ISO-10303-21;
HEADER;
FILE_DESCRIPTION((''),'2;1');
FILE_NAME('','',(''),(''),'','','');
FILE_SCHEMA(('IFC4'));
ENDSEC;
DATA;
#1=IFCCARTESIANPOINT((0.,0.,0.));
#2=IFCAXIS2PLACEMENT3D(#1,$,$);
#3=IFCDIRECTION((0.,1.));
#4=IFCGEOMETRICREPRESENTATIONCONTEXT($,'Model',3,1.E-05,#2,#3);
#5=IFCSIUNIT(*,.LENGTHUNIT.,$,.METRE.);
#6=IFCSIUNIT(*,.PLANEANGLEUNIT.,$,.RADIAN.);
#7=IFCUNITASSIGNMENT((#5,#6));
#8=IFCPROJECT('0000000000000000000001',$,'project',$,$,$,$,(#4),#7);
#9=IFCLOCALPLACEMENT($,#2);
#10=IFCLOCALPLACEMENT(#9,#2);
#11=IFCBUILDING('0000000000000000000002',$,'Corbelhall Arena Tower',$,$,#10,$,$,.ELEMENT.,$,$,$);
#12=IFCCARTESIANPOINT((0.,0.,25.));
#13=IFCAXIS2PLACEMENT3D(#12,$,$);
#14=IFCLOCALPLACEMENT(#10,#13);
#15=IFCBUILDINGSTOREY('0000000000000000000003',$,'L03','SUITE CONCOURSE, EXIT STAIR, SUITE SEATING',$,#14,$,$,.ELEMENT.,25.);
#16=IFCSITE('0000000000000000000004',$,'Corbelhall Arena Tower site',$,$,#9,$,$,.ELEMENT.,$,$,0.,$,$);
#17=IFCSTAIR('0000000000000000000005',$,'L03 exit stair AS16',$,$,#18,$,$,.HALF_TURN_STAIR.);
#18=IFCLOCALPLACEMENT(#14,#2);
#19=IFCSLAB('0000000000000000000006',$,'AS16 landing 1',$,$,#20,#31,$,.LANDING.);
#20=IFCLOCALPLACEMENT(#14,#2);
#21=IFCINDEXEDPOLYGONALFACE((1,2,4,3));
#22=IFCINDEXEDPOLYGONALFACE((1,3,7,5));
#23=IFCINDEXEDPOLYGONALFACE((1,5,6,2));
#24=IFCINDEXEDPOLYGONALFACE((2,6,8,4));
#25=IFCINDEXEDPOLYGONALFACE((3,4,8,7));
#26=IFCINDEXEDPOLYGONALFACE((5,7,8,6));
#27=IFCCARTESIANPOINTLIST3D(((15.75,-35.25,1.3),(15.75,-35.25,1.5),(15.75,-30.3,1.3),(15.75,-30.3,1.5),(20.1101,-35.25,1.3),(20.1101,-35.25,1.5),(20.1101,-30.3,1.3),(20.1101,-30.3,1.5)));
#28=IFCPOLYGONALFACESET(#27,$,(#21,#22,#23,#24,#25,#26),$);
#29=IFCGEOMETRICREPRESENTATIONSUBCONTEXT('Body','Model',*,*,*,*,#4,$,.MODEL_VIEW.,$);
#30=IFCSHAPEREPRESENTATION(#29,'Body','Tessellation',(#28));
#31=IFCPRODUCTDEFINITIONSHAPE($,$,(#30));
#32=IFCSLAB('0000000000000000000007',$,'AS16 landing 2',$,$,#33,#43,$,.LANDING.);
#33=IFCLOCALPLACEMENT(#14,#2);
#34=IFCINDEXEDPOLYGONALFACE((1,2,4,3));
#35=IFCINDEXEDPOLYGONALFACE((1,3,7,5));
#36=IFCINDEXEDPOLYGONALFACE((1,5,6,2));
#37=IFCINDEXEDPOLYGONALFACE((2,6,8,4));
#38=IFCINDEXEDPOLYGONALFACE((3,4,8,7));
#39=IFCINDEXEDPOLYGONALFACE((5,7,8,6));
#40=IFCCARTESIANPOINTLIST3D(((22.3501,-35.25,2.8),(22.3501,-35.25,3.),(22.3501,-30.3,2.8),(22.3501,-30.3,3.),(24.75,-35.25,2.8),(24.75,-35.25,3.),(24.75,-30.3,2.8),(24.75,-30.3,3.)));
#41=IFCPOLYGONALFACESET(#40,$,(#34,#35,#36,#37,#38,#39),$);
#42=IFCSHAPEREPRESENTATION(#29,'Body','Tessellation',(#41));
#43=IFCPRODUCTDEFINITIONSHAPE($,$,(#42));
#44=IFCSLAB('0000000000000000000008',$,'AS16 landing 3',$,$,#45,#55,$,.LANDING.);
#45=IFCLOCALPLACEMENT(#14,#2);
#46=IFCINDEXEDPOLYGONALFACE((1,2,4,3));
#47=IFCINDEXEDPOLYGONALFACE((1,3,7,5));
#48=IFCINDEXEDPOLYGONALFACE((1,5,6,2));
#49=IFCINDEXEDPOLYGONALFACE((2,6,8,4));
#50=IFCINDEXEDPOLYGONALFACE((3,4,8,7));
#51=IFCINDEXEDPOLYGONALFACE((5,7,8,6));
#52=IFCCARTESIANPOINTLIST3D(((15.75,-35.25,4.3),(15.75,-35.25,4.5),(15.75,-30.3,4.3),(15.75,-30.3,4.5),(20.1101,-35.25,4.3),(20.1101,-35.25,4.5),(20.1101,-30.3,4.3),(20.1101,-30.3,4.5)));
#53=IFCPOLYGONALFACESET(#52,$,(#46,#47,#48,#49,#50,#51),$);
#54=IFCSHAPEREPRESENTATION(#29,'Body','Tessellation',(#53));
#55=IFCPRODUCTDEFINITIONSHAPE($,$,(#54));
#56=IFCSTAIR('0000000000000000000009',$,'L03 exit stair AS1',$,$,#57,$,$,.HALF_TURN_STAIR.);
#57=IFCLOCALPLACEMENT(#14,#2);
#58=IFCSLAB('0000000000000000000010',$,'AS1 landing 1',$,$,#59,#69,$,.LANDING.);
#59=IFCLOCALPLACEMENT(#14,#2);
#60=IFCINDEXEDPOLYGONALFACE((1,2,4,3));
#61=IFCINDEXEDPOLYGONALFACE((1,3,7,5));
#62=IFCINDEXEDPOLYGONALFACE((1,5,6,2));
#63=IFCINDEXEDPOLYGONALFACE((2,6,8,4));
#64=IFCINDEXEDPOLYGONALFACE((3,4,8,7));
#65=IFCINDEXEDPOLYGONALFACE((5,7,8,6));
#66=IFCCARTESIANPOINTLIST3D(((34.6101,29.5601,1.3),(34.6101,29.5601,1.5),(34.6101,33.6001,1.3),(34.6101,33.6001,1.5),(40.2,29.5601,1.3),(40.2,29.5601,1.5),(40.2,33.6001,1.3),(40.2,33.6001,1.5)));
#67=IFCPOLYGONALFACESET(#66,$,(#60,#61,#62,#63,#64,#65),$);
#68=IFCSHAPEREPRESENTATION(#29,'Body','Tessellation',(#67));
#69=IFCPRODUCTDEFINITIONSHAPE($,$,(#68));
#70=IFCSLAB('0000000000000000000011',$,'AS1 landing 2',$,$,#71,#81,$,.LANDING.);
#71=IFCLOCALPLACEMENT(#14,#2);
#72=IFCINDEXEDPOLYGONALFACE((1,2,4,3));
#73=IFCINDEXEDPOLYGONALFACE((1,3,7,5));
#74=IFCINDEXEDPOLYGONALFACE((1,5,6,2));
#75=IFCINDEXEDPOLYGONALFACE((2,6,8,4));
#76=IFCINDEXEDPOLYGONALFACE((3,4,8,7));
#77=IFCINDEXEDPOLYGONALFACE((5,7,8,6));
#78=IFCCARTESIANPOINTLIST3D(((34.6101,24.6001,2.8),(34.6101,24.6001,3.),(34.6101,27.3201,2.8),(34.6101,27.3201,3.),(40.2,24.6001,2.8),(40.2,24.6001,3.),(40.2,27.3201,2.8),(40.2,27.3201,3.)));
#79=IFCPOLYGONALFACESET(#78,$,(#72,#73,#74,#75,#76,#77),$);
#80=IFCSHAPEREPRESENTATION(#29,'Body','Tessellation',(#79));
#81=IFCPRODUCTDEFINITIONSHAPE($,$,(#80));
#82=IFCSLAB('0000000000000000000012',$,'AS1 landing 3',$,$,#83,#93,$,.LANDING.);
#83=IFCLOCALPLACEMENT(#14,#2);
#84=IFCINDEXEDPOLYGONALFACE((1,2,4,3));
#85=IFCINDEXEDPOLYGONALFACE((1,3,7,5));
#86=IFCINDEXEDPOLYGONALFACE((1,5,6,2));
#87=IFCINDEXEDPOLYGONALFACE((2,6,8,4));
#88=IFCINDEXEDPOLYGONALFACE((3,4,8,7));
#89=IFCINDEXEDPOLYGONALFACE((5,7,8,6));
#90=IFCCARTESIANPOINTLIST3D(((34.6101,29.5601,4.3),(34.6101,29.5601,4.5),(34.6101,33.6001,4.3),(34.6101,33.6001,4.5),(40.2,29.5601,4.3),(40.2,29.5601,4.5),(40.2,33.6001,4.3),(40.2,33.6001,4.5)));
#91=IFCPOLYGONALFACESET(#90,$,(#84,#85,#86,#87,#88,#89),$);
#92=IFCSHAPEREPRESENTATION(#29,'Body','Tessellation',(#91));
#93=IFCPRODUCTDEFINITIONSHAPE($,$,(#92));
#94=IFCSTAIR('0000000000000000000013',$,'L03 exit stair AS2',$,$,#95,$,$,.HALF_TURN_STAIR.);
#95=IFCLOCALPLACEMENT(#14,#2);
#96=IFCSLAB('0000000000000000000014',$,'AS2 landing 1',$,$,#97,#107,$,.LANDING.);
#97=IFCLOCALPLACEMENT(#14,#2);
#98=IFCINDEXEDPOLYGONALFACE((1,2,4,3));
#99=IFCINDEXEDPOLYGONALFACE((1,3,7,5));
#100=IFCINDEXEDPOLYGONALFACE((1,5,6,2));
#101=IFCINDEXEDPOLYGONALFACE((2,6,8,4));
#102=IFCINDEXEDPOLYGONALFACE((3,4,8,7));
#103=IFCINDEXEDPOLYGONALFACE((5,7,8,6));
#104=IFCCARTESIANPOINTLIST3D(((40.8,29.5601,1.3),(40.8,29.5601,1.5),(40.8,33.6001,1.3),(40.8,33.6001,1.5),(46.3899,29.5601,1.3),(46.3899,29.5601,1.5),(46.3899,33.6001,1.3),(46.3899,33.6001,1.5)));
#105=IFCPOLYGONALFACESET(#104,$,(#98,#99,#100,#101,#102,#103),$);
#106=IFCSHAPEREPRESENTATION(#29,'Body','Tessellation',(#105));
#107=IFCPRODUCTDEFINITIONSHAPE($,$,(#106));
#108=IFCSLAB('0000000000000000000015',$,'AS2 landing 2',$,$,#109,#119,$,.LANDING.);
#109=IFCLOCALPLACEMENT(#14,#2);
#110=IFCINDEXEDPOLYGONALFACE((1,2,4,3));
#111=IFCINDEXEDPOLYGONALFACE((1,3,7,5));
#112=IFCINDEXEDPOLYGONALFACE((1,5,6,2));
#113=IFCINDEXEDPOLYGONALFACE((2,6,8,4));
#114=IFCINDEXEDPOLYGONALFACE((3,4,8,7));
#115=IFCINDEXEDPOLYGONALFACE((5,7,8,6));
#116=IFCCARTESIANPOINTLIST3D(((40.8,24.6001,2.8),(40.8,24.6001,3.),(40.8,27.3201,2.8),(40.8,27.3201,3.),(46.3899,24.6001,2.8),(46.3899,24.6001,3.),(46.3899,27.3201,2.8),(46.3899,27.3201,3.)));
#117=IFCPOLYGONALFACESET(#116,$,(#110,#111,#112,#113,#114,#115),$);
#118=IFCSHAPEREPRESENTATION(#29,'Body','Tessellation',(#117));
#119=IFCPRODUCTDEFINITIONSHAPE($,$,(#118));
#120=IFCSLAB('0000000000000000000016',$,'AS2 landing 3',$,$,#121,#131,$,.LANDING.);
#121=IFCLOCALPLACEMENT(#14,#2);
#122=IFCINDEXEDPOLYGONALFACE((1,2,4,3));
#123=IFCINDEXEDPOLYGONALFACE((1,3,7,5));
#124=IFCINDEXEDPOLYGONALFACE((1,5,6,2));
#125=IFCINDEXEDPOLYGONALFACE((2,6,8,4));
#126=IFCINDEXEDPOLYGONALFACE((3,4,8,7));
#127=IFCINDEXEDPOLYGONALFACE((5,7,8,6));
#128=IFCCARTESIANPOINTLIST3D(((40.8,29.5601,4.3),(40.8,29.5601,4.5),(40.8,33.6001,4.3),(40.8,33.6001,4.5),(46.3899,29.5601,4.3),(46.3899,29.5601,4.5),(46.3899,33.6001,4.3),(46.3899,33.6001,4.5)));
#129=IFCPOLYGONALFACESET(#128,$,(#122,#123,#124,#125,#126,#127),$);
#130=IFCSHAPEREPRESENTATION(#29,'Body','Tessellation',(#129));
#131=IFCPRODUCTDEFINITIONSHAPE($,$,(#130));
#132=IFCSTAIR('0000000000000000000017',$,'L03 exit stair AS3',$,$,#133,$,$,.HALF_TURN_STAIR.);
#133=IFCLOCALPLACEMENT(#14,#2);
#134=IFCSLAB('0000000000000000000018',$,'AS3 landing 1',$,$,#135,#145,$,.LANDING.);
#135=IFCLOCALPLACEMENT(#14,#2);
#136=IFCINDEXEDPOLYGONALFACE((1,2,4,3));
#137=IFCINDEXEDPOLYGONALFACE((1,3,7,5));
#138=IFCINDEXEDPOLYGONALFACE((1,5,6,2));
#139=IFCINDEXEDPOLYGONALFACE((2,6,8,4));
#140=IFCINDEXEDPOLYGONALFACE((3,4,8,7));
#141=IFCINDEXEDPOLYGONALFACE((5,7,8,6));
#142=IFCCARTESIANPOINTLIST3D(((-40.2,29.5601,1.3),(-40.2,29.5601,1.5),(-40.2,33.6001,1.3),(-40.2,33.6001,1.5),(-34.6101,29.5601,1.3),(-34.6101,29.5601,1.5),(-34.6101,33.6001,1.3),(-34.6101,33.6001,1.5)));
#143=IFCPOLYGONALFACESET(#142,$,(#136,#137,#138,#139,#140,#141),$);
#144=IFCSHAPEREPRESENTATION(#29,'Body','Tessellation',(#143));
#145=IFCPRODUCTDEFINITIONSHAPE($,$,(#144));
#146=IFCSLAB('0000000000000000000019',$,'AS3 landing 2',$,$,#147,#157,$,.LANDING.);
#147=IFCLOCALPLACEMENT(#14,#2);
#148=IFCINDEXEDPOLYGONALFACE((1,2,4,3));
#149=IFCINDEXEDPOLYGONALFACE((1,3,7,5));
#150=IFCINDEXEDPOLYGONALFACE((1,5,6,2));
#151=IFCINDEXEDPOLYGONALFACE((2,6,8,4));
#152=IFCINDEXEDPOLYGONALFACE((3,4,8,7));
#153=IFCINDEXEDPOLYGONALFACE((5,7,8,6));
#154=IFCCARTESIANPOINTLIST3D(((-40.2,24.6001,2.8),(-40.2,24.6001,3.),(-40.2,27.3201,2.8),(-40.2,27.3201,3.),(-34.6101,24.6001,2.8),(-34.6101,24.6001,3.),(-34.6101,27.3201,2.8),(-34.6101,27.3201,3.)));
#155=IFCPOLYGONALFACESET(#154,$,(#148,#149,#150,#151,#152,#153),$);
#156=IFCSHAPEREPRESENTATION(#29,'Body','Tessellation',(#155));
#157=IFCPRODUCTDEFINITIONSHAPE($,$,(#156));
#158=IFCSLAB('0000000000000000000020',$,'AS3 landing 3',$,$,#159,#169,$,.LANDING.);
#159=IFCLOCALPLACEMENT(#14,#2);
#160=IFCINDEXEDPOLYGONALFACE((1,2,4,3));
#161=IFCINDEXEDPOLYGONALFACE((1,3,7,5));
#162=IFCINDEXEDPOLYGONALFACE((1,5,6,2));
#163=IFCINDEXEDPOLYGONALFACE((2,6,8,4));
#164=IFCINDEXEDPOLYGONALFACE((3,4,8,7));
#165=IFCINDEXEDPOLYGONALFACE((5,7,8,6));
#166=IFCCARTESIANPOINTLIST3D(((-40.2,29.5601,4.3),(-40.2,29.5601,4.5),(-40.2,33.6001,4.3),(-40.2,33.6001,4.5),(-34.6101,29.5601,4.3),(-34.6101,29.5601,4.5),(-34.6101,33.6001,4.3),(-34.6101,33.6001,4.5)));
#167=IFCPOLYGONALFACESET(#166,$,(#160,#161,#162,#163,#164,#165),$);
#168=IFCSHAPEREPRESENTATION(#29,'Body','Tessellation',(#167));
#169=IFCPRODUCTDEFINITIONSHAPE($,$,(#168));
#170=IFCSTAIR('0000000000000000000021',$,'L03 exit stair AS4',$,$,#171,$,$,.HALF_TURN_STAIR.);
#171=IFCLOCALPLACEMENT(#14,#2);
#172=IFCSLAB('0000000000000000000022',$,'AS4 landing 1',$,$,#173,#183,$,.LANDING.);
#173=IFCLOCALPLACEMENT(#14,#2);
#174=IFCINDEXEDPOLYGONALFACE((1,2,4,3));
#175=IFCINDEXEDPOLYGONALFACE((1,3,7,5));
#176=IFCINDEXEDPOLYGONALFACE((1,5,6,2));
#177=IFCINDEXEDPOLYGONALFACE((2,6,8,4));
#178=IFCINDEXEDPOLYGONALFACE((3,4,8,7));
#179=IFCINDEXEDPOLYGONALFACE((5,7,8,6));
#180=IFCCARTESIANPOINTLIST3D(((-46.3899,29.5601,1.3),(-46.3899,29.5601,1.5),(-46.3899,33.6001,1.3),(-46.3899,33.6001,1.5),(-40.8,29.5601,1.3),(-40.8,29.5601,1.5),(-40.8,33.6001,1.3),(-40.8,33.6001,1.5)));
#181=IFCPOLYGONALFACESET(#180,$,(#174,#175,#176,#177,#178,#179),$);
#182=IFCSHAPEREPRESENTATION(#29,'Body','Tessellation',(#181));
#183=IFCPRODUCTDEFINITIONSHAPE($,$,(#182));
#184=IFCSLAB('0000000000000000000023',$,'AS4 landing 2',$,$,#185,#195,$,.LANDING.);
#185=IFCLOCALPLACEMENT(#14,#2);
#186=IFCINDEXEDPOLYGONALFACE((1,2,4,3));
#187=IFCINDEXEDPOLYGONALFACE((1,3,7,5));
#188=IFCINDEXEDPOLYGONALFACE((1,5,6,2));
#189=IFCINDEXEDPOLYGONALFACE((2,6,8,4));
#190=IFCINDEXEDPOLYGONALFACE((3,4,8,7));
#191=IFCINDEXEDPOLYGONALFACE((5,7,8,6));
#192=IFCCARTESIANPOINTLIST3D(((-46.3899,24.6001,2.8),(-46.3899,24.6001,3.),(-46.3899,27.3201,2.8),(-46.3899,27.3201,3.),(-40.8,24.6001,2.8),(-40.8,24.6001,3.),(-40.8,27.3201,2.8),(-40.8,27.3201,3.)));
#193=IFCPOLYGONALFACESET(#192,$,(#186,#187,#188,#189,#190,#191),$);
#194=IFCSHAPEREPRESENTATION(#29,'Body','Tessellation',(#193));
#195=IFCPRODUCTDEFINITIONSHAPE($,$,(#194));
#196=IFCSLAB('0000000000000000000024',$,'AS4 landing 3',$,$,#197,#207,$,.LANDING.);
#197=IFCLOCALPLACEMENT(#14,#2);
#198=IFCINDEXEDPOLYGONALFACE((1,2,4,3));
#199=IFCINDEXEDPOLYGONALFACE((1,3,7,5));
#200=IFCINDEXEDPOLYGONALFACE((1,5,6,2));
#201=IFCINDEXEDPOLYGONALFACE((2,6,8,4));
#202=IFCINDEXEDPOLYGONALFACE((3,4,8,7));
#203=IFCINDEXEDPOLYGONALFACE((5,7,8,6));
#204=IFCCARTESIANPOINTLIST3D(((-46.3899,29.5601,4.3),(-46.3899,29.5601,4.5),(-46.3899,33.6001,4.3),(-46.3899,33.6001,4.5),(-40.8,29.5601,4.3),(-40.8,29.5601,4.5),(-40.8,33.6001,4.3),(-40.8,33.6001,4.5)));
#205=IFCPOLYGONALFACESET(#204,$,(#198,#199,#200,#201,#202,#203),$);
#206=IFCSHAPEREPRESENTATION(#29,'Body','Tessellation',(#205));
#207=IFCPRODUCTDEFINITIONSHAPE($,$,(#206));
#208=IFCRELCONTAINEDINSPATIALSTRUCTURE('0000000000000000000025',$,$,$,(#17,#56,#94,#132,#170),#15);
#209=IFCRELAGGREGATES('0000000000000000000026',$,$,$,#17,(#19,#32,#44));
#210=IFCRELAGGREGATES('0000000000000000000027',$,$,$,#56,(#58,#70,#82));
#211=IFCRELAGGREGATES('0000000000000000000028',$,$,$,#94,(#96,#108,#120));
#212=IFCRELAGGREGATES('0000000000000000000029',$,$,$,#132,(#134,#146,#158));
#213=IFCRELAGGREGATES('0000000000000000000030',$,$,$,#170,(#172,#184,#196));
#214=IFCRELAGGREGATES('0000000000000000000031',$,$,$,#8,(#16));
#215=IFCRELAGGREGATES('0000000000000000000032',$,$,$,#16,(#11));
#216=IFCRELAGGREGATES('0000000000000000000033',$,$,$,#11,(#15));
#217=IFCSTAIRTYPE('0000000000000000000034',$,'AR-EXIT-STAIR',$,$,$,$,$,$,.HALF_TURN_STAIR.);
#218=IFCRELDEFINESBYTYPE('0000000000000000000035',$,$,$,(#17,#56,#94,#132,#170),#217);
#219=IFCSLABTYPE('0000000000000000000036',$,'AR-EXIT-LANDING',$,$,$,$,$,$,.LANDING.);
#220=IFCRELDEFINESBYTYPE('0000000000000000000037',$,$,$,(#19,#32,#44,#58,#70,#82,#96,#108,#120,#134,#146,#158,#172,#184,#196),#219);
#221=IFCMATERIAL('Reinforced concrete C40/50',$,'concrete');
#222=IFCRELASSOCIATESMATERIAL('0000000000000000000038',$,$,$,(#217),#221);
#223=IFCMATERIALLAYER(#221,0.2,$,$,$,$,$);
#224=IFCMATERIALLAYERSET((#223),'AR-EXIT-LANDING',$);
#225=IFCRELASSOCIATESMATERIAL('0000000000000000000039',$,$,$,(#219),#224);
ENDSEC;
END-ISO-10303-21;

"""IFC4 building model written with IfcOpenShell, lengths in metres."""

from ifc_helpers import new_model, si_unit, direction, frame, origin, place, context, subcontext, project, spatial, polyline, outline, extrude, material, layer, layer_set, type_object, element, aggregate, save


model = new_model("IFC4")

# Units and contexts
model_context = context("Model", 3, precision=1e-05, world=origin(), true_north=direction((0.0, 1.0)))
body_context = subcontext(model_context, "Body", "Model", "MODEL_VIEW")
ifc_project = project(units=[si_unit("LENGTHUNIT", "METRE"), si_unit("PLANEANGLEUNIT", "RADIAN")], contexts=[model_context])

# Site, building, storey
site_placement = place(None, origin())
site = spatial("IfcSite", under=ifc_project, at=site_placement, Name="Corbelhall Arena Tower site", CompositionType="ELEMENT", RefElevation=0.0)
building_placement = place(site_placement, origin())
building = spatial("IfcBuilding", under=site, at=building_placement, Name="Corbelhall Arena Tower", CompositionType="ELEMENT")
storey_placement = place(building_placement, frame((0.0, 0.0, 25.0)))
storey = spatial("IfcBuildingStorey", under=building, at=storey_placement, Name="L03", Description="SUITE CONCOURSE, EXIT STAIR, SUITE SEATING", CompositionType="ELEMENT", Elevation=25.0)

# Stairs, slabs
ifc_material = material(Name="Reinforced concrete C40/50", Category="concrete")
stair_type = type_object("IfcStairType", Name="AR-EXIT-STAIR", PredefinedType="HALF_TURN_STAIR", material=ifc_material)
stair_1_placement = place(storey_placement, origin())
stair_1 = element("IfcStair", 1, at=stair_1_placement, inside=storey, type_object=stair_type, Name="L03 exit stair AS16", PredefinedType="HALF_TURN_STAIR")
ifc_layer_1 = layer(ifc_material, 0.2)
ifc_layer_set_1 = layer_set([ifc_layer_1], Name="AR-EXIT-LANDING")
slab_type_1 = type_object("IfcSlabType", Name="AR-EXIT-LANDING", PredefinedType="LANDING", material=ifc_layer_set_1)
slab_1_placement = place(storey_placement, frame((0.0, 0.0, 1.3)))
slab_1 = element("IfcSlab", 2, at=slab_1_placement, type_object=slab_type_1, Name="AS16 landing 1", PredefinedType="LANDING", context=body_context, shape_type="SweptSolid", body=[
    extrude(outline(polyline([(20.1101, -30.3), (15.75, -30.3), (15.75, -35.25), (20.1101, -35.25), (20.1101, -30.3)])), origin(), (0.0, 0.0, 1.0), 0.2),
])
slab_2_placement = place(storey_placement, frame((0.0, 0.0, 2.8)))
slab_2 = element("IfcSlab", 3, at=slab_2_placement, type_object=slab_type_1, Name="AS16 landing 2", PredefinedType="LANDING", context=body_context, shape_type="SweptSolid", body=[
    extrude(outline(polyline([(24.75, -30.3), (22.3501, -30.3), (22.3501, -35.25), (24.75, -35.25), (24.75, -30.3)])), origin(), (0.0, 0.0, 1.0), 0.2),
])
slab_3_placement = place(storey_placement, frame((0.0, 0.0, 4.3)))
slab_3 = element("IfcSlab", 4, at=slab_3_placement, type_object=slab_type_1, Name="AS16 landing 3", PredefinedType="LANDING", context=body_context, shape_type="SweptSolid", body=[
    extrude(outline(polyline([(20.1101, -30.3), (15.75, -30.3), (15.75, -35.25), (20.1101, -35.25), (20.1101, -30.3)])), origin(), (0.0, 0.0, 1.0), 0.2),
])
aggregate(stair_1, [slab_1, slab_2, slab_3])
stair_2_placement = place(storey_placement, origin())
stair_2 = element("IfcStair", 5, at=stair_2_placement, inside=storey, type_object=stair_type, Name="L03 exit stair AS1", PredefinedType="HALF_TURN_STAIR")
slab_4_placement = place(storey_placement, frame((0.0, 0.0, 1.3)))
slab_4 = element("IfcSlab", 6, at=slab_4_placement, type_object=slab_type_1, Name="AS1 landing 1", PredefinedType="LANDING", context=body_context, shape_type="SweptSolid", body=[
    extrude(outline(polyline([(40.2, 29.5601), (40.2, 33.6001), (34.6101, 33.6001), (34.6101, 29.5601), (40.2, 29.5601)])), origin(), (0.0, 0.0, 1.0), 0.2),
])
slab_5_placement = place(storey_placement, frame((0.0, 0.0, 2.8)))
slab_5 = element("IfcSlab", 7, at=slab_5_placement, type_object=slab_type_1, Name="AS1 landing 2", PredefinedType="LANDING", context=body_context, shape_type="SweptSolid", body=[
    extrude(outline(polyline([(40.2, 24.6001), (40.2, 27.3201), (34.6101, 27.3201), (34.6101, 24.6001), (40.2, 24.6001)])), origin(), (0.0, 0.0, 1.0), 0.2),
])
slab_6_placement = place(storey_placement, frame((0.0, 0.0, 4.3)))
slab_6 = element("IfcSlab", 8, at=slab_6_placement, type_object=slab_type_1, Name="AS1 landing 3", PredefinedType="LANDING", context=body_context, shape_type="SweptSolid", body=[
    extrude(outline(polyline([(40.2, 29.5601), (40.2, 33.6001), (34.6101, 33.6001), (34.6101, 29.5601), (40.2, 29.5601)])), origin(), (0.0, 0.0, 1.0), 0.2),
])
aggregate(stair_2, [slab_4, slab_5, slab_6])
stair_3_placement = place(storey_placement, origin())
stair_3 = element("IfcStair", 9, at=stair_3_placement, inside=storey, type_object=stair_type, Name="L03 exit stair AS2", PredefinedType="HALF_TURN_STAIR")
slab_7_placement = place(storey_placement, frame((0.0, 0.0, 1.3)))
slab_7 = element("IfcSlab", 10, at=slab_7_placement, type_object=slab_type_1, Name="AS2 landing 1", PredefinedType="LANDING", context=body_context, shape_type="SweptSolid", body=[
    extrude(outline(polyline([(46.3899, 29.5601), (46.3899, 33.6001), (40.8, 33.6001), (40.8, 29.5601), (46.3899, 29.5601)])), origin(), (0.0, 0.0, 1.0), 0.2),
])
slab_8_placement = place(storey_placement, frame((0.0, 0.0, 2.8)))
slab_8 = element("IfcSlab", 11, at=slab_8_placement, type_object=slab_type_1, Name="AS2 landing 2", PredefinedType="LANDING", context=body_context, shape_type="SweptSolid", body=[
    extrude(outline(polyline([(46.3899, 24.6001), (46.3899, 27.3201), (40.8, 27.3201), (40.8, 24.6001), (46.3899, 24.6001)])), origin(), (0.0, 0.0, 1.0), 0.2),
])
slab_9_placement = place(storey_placement, frame((0.0, 0.0, 4.3)))
slab_9 = element("IfcSlab", 12, at=slab_9_placement, type_object=slab_type_1, Name="AS2 landing 3", PredefinedType="LANDING", context=body_context, shape_type="SweptSolid", body=[
    extrude(outline(polyline([(46.3899, 29.5601), (46.3899, 33.6001), (40.8, 33.6001), (40.8, 29.5601), (46.3899, 29.5601)])), origin(), (0.0, 0.0, 1.0), 0.2),
])
aggregate(stair_3, [slab_7, slab_8, slab_9])
stair_4_placement = place(storey_placement, origin())
stair_4 = element("IfcStair", 13, at=stair_4_placement, inside=storey, type_object=stair_type, Name="L03 exit stair AS3", PredefinedType="HALF_TURN_STAIR")
slab_10_placement = place(storey_placement, frame((0.0, 0.0, 1.3)))
slab_10 = element("IfcSlab", 14, at=slab_10_placement, type_object=slab_type_1, Name="AS3 landing 1", PredefinedType="LANDING", context=body_context, shape_type="SweptSolid", body=[
    extrude(outline(polyline([(-34.6101, 29.5601), (-34.6101, 33.6001), (-40.2, 33.6001), (-40.2, 29.5601), (-34.6101, 29.5601)])), origin(), (0.0, 0.0, 1.0), 0.2),
])
slab_11_placement = place(storey_placement, frame((0.0, 0.0, 2.8)))
slab_11 = element("IfcSlab", 15, at=slab_11_placement, type_object=slab_type_1, Name="AS3 landing 2", PredefinedType="LANDING", context=body_context, shape_type="SweptSolid", body=[
    extrude(outline(polyline([(-34.6101, 24.6001), (-34.6101, 27.3201), (-40.2, 27.3201), (-40.2, 24.6001), (-34.6101, 24.6001)])), origin(), (0.0, 0.0, 1.0), 0.2),
])
slab_12_placement = place(storey_placement, frame((0.0, 0.0, 4.3)))
slab_12 = element("IfcSlab", 16, at=slab_12_placement, type_object=slab_type_1, Name="AS3 landing 3", PredefinedType="LANDING", context=body_context, shape_type="SweptSolid", body=[
    extrude(outline(polyline([(-34.6101, 29.5601), (-34.6101, 33.6001), (-40.2, 33.6001), (-40.2, 29.5601), (-34.6101, 29.5601)])), origin(), (0.0, 0.0, 1.0), 0.2),
])
aggregate(stair_4, [slab_10, slab_11, slab_12])
stair_5_placement = place(storey_placement, origin())
stair_5 = element("IfcStair", 17, at=stair_5_placement, inside=storey, type_object=stair_type, Name="L03 exit stair AS4", PredefinedType="HALF_TURN_STAIR")
slab_13_placement = place(storey_placement, frame((0.0, 0.0, 1.3)))
slab_13 = element("IfcSlab", 18, at=slab_13_placement, type_object=slab_type_1, Name="AS4 landing 1", PredefinedType="LANDING", context=body_context, shape_type="SweptSolid", body=[
    extrude(outline(polyline([(-40.8, 29.5601), (-40.8, 33.6001), (-46.3899, 33.6001), (-46.3899, 29.5601), (-40.8, 29.5601)])), origin(), (0.0, 0.0, 1.0), 0.2),
])
slab_14_placement = place(storey_placement, frame((0.0, 0.0, 2.8)))
slab_14 = element("IfcSlab", 19, at=slab_14_placement, type_object=slab_type_1, Name="AS4 landing 2", PredefinedType="LANDING", context=body_context, shape_type="SweptSolid", body=[
    extrude(outline(polyline([(-40.8, 24.6001), (-40.8, 27.3201), (-46.3899, 27.3201), (-46.3899, 24.6001), (-40.8, 24.6001)])), origin(), (0.0, 0.0, 1.0), 0.2),
])
slab_15_placement = place(storey_placement, frame((0.0, 0.0, 4.3)))
slab_15 = element("IfcSlab", 20, at=slab_15_placement, type_object=slab_type_1, Name="AS4 landing 3", PredefinedType="LANDING", context=body_context, shape_type="SweptSolid", body=[
    extrude(outline(polyline([(-40.8, 29.5601), (-40.8, 33.6001), (-46.3899, 33.6001), (-46.3899, 29.5601), (-40.8, 29.5601)])), origin(), (0.0, 0.0, 1.0), 0.2),
])
aggregate(stair_5, [slab_13, slab_14, slab_15])

save(model, "model.ifc")
